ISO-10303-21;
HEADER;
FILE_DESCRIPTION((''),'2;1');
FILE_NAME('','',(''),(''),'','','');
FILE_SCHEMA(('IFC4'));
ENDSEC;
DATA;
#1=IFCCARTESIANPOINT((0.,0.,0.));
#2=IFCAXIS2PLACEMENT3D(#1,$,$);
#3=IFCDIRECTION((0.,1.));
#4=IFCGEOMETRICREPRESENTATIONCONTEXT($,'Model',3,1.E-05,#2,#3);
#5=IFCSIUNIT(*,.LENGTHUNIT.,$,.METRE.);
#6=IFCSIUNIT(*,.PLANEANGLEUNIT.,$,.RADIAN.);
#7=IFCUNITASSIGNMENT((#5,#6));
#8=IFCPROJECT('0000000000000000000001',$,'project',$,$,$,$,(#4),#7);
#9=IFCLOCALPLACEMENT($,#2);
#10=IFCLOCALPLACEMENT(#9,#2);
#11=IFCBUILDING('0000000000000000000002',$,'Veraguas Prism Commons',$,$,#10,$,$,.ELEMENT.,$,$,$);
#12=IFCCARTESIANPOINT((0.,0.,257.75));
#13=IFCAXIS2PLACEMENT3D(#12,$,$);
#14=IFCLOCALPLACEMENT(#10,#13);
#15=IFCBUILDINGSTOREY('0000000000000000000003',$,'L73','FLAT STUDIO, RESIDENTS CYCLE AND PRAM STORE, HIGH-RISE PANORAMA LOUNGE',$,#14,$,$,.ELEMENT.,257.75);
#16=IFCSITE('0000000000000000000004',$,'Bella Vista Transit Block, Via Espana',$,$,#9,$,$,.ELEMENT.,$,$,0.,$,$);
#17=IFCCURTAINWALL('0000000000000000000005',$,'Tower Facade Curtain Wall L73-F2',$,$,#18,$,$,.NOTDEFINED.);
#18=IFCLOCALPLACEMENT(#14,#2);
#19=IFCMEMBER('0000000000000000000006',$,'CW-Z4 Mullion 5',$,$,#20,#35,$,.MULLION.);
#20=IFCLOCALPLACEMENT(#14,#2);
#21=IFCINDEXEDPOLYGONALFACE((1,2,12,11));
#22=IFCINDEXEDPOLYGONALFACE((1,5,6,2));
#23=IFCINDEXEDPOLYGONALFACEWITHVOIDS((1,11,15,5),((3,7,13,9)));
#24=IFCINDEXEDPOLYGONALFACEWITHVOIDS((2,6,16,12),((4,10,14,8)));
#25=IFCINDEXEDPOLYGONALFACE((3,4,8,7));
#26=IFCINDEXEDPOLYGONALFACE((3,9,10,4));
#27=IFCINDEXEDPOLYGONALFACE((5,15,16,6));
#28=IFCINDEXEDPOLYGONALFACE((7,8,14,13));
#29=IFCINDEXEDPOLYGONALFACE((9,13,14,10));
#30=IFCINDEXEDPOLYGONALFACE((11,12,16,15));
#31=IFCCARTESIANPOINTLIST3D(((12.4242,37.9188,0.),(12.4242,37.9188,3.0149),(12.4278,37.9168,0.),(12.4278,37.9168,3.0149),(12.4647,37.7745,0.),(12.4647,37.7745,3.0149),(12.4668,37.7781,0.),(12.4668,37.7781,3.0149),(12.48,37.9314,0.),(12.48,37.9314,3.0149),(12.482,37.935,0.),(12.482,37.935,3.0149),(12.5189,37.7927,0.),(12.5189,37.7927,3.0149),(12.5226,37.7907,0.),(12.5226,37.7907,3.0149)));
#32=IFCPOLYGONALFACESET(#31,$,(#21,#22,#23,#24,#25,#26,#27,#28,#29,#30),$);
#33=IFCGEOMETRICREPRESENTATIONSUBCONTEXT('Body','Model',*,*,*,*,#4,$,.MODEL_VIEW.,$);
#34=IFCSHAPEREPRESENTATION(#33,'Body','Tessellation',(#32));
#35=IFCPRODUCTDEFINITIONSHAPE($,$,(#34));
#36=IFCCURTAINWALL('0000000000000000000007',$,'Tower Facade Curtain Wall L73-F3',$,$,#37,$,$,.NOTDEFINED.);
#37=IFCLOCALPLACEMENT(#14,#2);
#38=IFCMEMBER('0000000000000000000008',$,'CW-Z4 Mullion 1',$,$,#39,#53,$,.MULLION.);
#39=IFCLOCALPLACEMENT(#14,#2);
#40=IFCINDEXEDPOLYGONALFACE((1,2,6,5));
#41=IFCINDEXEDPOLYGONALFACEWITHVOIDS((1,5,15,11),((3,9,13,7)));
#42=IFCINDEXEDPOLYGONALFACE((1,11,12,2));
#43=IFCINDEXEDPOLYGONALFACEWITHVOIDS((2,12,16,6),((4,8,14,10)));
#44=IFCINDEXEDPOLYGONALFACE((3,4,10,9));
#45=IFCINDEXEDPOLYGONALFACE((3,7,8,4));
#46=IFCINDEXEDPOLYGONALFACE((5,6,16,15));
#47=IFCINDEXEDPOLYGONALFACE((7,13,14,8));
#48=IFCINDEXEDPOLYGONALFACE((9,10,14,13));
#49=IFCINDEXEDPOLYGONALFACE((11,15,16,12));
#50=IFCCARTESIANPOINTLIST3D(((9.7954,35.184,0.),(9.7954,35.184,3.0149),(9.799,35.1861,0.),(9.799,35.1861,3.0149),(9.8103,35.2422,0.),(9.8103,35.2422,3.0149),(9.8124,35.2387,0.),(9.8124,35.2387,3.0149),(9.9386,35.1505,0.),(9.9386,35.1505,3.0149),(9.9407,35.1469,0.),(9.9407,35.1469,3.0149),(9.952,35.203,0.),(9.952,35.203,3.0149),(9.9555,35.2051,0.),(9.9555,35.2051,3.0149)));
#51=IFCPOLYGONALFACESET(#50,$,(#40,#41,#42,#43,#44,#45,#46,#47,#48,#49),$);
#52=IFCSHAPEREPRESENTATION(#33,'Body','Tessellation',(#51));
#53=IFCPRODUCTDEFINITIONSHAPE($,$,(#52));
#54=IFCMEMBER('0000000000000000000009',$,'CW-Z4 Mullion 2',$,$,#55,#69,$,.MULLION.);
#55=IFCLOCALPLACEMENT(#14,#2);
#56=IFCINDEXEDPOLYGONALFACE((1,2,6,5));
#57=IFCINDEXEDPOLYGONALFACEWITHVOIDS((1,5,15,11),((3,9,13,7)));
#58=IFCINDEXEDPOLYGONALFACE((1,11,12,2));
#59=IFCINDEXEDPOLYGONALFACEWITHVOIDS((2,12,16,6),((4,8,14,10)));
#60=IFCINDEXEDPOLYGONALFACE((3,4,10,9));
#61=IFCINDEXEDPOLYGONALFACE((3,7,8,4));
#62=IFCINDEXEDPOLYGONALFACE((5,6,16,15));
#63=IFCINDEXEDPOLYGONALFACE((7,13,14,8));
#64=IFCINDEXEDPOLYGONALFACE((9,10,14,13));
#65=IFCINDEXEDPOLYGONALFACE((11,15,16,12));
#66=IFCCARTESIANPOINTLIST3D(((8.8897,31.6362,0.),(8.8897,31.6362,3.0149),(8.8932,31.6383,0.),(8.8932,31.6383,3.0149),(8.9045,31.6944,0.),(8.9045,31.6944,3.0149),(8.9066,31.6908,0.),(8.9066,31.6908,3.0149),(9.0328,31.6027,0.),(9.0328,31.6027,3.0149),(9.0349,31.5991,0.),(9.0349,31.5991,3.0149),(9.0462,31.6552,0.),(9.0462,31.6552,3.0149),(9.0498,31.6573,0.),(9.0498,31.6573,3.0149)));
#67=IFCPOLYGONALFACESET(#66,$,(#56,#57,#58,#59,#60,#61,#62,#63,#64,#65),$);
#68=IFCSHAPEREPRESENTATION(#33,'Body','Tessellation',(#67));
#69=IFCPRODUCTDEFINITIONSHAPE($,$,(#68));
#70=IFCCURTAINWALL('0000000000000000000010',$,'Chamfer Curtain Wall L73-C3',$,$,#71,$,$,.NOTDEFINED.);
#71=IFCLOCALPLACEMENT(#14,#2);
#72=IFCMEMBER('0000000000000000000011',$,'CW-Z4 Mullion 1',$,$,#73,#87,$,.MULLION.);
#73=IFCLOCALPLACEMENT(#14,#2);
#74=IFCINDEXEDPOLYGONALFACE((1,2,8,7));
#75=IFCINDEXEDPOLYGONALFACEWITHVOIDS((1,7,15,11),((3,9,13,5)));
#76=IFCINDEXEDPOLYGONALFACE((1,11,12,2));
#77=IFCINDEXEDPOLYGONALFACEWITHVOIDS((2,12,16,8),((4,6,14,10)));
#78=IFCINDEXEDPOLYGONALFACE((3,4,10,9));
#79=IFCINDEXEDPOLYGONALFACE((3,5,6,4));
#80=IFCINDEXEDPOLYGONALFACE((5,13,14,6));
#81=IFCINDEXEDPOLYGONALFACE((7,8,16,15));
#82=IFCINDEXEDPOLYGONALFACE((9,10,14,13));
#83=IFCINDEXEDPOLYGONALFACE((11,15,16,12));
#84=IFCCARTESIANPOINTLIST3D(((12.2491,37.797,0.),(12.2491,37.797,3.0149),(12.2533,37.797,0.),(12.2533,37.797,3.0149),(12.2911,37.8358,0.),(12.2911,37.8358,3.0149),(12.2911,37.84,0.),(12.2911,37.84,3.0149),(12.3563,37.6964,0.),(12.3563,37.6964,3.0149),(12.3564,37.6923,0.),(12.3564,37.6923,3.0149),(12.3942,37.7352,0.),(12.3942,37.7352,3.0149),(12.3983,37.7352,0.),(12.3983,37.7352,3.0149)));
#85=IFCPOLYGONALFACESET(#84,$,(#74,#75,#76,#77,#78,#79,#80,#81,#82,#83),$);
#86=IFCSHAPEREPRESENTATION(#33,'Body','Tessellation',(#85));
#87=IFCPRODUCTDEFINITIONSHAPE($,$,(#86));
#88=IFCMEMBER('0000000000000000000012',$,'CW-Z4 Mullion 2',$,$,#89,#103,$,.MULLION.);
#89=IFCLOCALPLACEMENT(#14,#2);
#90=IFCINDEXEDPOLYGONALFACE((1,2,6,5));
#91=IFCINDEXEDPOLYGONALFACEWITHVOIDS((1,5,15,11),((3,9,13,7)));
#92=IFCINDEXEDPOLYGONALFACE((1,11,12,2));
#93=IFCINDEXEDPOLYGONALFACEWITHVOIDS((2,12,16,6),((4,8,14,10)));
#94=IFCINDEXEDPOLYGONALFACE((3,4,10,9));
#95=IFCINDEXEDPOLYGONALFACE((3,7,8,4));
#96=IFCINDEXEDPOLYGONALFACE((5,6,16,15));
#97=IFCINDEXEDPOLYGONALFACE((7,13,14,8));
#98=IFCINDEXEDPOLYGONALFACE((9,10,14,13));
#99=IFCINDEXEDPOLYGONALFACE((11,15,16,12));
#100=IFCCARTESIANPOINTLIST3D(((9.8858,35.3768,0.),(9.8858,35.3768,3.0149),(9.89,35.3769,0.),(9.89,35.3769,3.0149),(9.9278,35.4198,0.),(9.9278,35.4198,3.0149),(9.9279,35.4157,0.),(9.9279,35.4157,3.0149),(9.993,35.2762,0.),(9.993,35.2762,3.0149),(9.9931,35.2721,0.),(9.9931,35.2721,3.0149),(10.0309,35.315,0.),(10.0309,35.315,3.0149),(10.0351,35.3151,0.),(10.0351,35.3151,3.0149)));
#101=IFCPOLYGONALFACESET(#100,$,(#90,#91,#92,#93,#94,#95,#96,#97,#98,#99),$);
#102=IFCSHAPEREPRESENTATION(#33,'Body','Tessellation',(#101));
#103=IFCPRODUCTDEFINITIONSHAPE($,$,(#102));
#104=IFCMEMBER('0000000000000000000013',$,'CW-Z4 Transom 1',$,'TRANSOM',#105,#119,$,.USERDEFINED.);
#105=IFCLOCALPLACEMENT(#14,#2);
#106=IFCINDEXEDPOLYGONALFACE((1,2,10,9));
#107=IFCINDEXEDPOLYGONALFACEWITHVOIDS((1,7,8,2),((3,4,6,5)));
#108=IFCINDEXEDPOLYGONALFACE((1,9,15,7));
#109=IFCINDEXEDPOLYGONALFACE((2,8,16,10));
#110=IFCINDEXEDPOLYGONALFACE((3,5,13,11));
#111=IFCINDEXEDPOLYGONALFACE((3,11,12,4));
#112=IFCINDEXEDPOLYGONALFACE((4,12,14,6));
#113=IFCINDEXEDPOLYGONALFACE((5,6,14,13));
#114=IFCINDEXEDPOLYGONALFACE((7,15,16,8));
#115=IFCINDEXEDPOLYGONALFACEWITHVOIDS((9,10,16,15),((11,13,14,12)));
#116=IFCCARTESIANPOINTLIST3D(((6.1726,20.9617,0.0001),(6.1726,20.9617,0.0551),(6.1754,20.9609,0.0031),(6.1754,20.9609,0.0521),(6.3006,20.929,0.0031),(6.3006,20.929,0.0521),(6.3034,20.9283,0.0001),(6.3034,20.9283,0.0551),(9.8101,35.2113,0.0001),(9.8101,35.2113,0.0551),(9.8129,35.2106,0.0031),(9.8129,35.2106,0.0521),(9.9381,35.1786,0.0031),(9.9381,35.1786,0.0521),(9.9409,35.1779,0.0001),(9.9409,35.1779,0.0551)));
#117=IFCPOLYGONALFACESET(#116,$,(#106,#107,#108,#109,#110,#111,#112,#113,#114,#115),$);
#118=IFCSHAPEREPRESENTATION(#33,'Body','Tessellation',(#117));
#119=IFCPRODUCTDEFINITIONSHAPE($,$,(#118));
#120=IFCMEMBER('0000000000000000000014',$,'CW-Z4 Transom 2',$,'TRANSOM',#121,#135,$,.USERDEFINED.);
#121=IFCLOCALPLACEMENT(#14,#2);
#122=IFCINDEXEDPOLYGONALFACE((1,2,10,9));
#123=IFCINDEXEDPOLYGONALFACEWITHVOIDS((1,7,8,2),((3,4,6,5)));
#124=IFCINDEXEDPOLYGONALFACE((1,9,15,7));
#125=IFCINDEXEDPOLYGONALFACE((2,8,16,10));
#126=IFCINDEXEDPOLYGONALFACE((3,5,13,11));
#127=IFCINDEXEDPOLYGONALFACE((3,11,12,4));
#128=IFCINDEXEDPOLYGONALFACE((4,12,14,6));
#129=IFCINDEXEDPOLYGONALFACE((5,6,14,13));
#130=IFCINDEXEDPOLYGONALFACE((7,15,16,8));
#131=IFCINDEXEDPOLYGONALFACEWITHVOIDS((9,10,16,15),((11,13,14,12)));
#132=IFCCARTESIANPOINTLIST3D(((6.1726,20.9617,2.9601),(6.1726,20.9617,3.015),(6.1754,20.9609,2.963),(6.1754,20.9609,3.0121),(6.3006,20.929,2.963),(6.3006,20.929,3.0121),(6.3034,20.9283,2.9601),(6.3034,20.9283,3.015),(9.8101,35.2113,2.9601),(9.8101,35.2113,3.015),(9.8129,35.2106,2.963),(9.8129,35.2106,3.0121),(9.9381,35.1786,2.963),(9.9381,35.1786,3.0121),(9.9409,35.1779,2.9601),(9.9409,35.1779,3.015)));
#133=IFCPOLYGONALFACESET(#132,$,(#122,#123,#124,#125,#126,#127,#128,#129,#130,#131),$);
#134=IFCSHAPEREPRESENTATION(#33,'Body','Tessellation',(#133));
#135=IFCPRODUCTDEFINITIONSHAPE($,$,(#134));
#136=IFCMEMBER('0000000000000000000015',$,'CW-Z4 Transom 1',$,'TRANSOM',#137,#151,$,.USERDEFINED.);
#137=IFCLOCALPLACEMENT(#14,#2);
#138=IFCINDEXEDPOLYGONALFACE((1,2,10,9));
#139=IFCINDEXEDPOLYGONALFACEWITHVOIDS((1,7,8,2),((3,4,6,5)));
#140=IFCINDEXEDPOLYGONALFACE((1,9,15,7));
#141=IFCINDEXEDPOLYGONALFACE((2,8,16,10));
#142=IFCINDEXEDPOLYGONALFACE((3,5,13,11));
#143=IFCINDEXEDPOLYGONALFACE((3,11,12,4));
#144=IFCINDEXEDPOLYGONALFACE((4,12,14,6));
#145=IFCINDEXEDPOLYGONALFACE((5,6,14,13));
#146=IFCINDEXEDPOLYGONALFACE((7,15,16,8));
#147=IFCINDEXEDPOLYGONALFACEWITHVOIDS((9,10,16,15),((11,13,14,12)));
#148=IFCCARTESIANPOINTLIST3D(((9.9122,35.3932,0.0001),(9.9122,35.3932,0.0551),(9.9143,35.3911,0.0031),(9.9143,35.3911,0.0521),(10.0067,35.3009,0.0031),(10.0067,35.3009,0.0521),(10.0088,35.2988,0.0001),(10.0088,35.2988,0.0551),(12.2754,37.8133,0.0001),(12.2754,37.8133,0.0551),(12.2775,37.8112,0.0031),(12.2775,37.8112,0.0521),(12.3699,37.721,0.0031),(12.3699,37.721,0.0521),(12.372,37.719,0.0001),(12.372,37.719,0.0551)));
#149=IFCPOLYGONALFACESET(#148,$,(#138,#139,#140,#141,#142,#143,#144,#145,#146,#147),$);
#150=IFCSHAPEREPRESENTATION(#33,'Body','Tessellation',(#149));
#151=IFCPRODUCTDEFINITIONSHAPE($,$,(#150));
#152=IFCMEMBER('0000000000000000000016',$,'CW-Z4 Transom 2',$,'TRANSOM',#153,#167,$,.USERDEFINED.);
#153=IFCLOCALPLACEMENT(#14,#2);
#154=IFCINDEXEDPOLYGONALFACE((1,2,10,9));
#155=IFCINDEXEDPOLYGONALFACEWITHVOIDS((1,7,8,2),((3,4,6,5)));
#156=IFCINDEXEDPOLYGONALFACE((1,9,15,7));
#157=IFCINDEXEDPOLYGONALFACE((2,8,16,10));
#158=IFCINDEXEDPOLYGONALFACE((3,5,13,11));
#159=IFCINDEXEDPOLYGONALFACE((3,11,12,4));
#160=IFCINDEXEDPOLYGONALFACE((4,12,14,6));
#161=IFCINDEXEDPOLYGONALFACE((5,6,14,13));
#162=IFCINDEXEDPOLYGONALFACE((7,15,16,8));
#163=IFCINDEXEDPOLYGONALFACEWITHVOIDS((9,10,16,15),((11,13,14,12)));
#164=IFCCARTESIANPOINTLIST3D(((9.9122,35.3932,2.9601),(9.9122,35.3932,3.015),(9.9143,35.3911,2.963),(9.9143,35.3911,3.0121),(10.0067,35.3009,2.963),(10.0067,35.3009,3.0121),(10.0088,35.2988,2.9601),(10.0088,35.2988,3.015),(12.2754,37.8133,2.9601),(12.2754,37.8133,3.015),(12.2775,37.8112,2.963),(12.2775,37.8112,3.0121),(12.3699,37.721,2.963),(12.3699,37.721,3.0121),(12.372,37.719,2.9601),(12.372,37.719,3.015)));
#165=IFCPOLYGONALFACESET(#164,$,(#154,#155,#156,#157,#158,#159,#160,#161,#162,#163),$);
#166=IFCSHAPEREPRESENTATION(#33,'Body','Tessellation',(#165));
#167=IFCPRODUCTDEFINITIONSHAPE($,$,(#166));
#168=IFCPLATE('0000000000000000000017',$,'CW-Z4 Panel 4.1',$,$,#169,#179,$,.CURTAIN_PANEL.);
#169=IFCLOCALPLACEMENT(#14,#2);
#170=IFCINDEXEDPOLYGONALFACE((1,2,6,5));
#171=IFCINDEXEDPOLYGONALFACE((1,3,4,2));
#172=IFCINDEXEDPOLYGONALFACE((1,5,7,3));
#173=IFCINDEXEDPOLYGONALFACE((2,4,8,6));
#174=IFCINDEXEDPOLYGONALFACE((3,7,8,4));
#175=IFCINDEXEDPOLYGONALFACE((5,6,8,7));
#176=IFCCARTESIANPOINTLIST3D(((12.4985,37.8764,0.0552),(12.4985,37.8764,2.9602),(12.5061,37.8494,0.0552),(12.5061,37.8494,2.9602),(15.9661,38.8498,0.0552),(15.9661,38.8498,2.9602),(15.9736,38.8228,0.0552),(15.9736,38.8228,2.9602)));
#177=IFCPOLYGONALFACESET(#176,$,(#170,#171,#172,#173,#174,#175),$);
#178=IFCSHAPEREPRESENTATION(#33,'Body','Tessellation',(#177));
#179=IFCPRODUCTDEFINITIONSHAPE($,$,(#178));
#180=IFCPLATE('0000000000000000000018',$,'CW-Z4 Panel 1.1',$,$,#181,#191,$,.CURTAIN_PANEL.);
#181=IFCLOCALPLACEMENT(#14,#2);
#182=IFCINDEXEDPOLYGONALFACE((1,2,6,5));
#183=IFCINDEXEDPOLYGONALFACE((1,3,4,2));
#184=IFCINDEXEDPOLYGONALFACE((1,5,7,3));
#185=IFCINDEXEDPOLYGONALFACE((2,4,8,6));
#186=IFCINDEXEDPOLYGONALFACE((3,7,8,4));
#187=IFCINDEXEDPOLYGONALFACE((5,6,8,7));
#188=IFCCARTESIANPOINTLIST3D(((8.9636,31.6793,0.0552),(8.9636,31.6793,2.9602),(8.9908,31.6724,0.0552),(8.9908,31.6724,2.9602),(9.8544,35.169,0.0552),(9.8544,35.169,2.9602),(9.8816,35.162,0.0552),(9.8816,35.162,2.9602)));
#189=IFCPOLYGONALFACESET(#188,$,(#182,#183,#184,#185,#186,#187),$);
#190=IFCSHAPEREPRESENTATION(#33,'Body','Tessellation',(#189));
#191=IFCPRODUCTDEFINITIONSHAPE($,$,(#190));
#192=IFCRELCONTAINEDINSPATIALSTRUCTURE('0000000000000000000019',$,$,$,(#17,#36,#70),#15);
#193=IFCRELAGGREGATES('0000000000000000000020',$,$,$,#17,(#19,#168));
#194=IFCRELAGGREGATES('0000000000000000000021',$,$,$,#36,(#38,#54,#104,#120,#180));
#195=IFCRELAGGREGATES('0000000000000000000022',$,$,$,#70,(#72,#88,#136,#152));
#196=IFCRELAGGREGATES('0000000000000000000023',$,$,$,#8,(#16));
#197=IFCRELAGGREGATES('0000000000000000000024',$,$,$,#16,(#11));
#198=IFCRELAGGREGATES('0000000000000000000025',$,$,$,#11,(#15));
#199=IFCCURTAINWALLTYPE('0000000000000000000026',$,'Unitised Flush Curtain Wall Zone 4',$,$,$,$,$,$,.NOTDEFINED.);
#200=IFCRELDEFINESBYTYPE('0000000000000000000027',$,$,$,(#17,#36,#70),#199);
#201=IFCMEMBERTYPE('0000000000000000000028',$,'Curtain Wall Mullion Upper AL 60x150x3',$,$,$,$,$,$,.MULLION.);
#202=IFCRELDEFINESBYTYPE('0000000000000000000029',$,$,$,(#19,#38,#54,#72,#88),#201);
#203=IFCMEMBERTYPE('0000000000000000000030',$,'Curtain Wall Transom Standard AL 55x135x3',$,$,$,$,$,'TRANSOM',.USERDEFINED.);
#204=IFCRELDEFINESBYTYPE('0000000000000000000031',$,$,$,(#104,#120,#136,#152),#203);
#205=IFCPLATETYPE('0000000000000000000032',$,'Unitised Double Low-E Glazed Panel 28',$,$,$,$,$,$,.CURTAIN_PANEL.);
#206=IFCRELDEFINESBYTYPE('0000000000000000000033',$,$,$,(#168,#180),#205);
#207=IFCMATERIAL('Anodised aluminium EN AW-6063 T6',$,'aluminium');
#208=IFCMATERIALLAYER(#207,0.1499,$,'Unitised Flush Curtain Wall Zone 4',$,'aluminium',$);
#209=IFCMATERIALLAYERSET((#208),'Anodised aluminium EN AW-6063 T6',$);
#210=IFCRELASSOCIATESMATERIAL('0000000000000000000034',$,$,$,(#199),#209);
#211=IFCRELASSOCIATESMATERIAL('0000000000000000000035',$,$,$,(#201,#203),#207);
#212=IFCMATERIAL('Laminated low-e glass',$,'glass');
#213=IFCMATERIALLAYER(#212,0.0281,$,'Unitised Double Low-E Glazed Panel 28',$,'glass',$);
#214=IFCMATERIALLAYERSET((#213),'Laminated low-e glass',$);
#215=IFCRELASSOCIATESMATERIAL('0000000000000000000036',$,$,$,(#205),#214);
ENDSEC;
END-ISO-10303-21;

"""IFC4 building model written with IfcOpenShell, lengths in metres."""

from ifc_helpers import new_model, si_unit, direction, frame, origin, origin_2d, place, context, subcontext, project, spatial, rectangle, hollow_rectangle, extrude, source, transform, mapped, material, layer, layer_set, material_profile, profile_set, type_object, element, aggregate, save


model = new_model("IFC4")

# Units and contexts
model_context = context("Model", 3, precision=1e-05, world=origin(), true_north=direction((0.0, 1.0)))
body_context = subcontext(model_context, "Body", "Model", "MODEL_VIEW")
ifc_project = project(units=[si_unit("LENGTHUNIT", "METRE"), si_unit("PLANEANGLEUNIT", "RADIAN")], contexts=[model_context])

# Site, building, storey
site_placement = place(None, origin())
site = spatial("IfcSite", under=ifc_project, at=site_placement, Name="Bella Vista Transit Block, Via Espana", CompositionType="ELEMENT", RefElevation=0.0)
building_placement = place(site_placement, origin())
building = spatial("IfcBuilding", under=site, at=building_placement, Name="Veraguas Prism Commons", CompositionType="ELEMENT")
storey_placement = place(building_placement, frame((0.0, 0.0, 257.75)))
storey = spatial("IfcBuildingStorey", under=building, at=storey_placement, Name="L73", Description="FLAT STUDIO, RESIDENTS CYCLE AND PRAM STORE, HIGH-RISE PANORAMA LOUNGE", CompositionType="ELEMENT", Elevation=257.75)

# Curtain wall, member
ifc_material_1 = material(Name="Anodised aluminium EN AW-6063 T6", Category="aluminium")
ifc_layer_1 = layer(ifc_material_1, 0.1499, Name="Unitised Flush Curtain Wall Zone 4", Category="aluminium")
ifc_layer_set_1 = layer_set([ifc_layer_1], Name="Anodised aluminium EN AW-6063 T6")
curtain_wall_type = type_object("IfcCurtainWallType", Name="Unitised Flush Curtain Wall Zone 4", PredefinedType="NOTDEFINED", material=ifc_layer_set_1)
curtain_wall_1_placement = place(storey_placement, origin())
curtain_wall_1 = element("IfcCurtainWall", 1, at=curtain_wall_1_placement, inside=storey, type_object=curtain_wall_type, Name="Tower Facade Curtain Wall L73-F2", PredefinedType="NOTDEFINED")
ifc_material_profile_1 = material_profile(ifc_material_1, hollow_rectangle(XDim=0.0601, YDim=0.1499, WallThickness=0.0029, at=origin_2d()), Name="AL60X150X3")
ifc_profile_set_1 = profile_set([ifc_material_profile_1], Name="Anodised aluminium EN AW-6063 T6")
member_type_1 = type_object("IfcMemberType", Name="Curtain Wall Mullion Upper AL 60x150x3", PredefinedType="MULLION", material=ifc_profile_set_1)
shared_shape_1 = source(origin(), body_context, "Body", "SweptSolid", [
    extrude(hollow_rectangle(XDim=0.0601, YDim=0.1499, WallThickness=0.0029, at=origin_2d()), origin(), (0.0, 0.0, 1.0), 3.0149),
])
member_1_placement = place(storey_placement, frame((12.4734, 37.8547, 0.0), z_axis=(0.0, 0.0, 1.0), x_axis=(-0.962785, -0.270269, 0.0)))
member_1 = element("IfcMember", 2, at=member_1_placement, type_object=member_type_1, Name="CW-Z4 Mullion 5", PredefinedType="MULLION", context=body_context, shape_type="MappedRepresentation", body=[
    mapped(shared_shape_1, transform((0.0, 0.0, 0.0), scale=1.0)),
])

# Curtain walls, members
curtain_wall_2_placement = place(storey_placement, origin())
curtain_wall_2 = element("IfcCurtainWall", 3, at=curtain_wall_2_placement, inside=storey, type_object=curtain_wall_type, Name="Tower Facade Curtain Wall L73-F3", PredefinedType="NOTDEFINED")
member_2_placement = place(storey_placement, frame((9.8755, 35.1946, 0.0), z_axis=(0.0, 0.0, 1.0), x_axis=(-0.247339, -0.968929, 0.0)))
member_2 = element("IfcMember", 4, at=member_2_placement, type_object=member_type_1, Name="CW-Z4 Mullion 1", PredefinedType="MULLION", context=body_context, shape_type="MappedRepresentation", body=[
    mapped(shared_shape_1, transform((0.0, 0.0, 0.0), scale=1.0)),
])
member_3_placement = place(storey_placement, frame((8.9697, 31.6467, 0.0), z_axis=(0.0, 0.0, 1.0), x_axis=(-0.247339, -0.968929, 0.0)))
member_3 = element("IfcMember", 5, at=member_3_placement, type_object=member_type_1, Name="CW-Z4 Mullion 2", PredefinedType="MULLION", context=body_context, shape_type="MappedRepresentation", body=[
    mapped(shared_shape_1, transform((0.0, 0.0, 0.0), scale=1.0)),
])
curtain_wall_3_placement = place(storey_placement, origin())
curtain_wall_3 = element("IfcCurtainWall", 6, at=curtain_wall_3_placement, inside=storey, type_object=curtain_wall_type, Name="Chamfer Curtain Wall L73-C3", PredefinedType="NOTDEFINED")
member_4_placement = place(storey_placement, frame((12.3237, 37.7661, 0.0), z_axis=(0.0, 0.0, 1.0), x_axis=(-0.698663, -0.715451, 0.0)))
member_4 = element("IfcMember", 7, at=member_4_placement, type_object=member_type_1, Name="CW-Z4 Mullion 1", PredefinedType="MULLION", context=body_context, shape_type="MappedRepresentation", body=[
    mapped(shared_shape_1, transform((0.0, 0.0, 0.0), scale=1.0)),
])
member_5_placement = place(storey_placement, frame((9.9604, 35.3459, 0.0), z_axis=(0.0, 0.0, 1.0), x_axis=(-0.698663, -0.715451, 0.0)))
member_5 = element("IfcMember", 8, at=member_5_placement, type_object=member_type_1, Name="CW-Z4 Mullion 2", PredefinedType="MULLION", context=body_context, shape_type="MappedRepresentation", body=[
    mapped(shared_shape_1, transform((0.0, 0.0, 0.0), scale=1.0)),
])

# Members
ifc_material_profile_2 = material_profile(ifc_material_1, hollow_rectangle(XDim=0.0549, YDim=0.135, WallThickness=0.0029, at=origin_2d()), Name="AL55X135X3")
ifc_profile_set_2 = profile_set([ifc_material_profile_2], Name="Anodised aluminium EN AW-6063 T6")
member_type_2 = type_object("IfcMemberType", Name="Curtain Wall Transom Standard AL 55x135x3", ElementType="TRANSOM", PredefinedType="USERDEFINED", material=ifc_profile_set_2)
shared_shape_2 = source(origin(), body_context, "Body", "SweptSolid", [
    extrude(hollow_rectangle(XDim=0.0549, YDim=0.135, WallThickness=0.0029, at=origin_2d()), origin(), (0.0, 0.0, 1.0), 14.7065),
])
member_6_placement = place(storey_placement, frame((9.8755, 35.1946, 0.0276), z_axis=(-0.247337, -0.968929, 0.0), x_axis=(0.0, 0.0, 1.0)))
member_6 = element("IfcMember", 9, at=member_6_placement, type_object=member_type_2, Name="CW-Z4 Transom 1", ObjectType="TRANSOM", PredefinedType="USERDEFINED", context=body_context, shape_type="MappedRepresentation", body=[
    mapped(shared_shape_2, transform((0.0, 0.0, 0.0), scale=1.0)),
])
member_7_placement = place(storey_placement, frame((9.8755, 35.1946, 2.9875), z_axis=(-0.247337, -0.968929, 0.0), x_axis=(0.0, 0.0, 1.0)))
member_7 = element("IfcMember", 10, at=member_7_placement, type_object=member_type_2, Name="CW-Z4 Transom 2", ObjectType="TRANSOM", PredefinedType="USERDEFINED", context=body_context, shape_type="MappedRepresentation", body=[
    mapped(shared_shape_2, transform((0.0, 0.0, 0.0), scale=1.0)),
])
shared_shape_3 = source(origin(), body_context, "Body", "SweptSolid", [
    extrude(hollow_rectangle(XDim=0.0549, YDim=0.135, WallThickness=0.0029, at=origin_2d()), origin(), (0.0, 0.0, 1.0), 3.3826),
])
member_8_placement = place(storey_placement, frame((12.3237, 37.7661, 0.0276), z_axis=(-0.698648, -0.715465, 0.0), x_axis=(0.0, 0.0, 1.0)))
member_8 = element("IfcMember", 11, at=member_8_placement, type_object=member_type_2, Name="CW-Z4 Transom 1", ObjectType="TRANSOM", PredefinedType="USERDEFINED", context=body_context, shape_type="MappedRepresentation", body=[
    mapped(shared_shape_3, transform((0.0, 0.0, 0.0), scale=1.0)),
])
member_9_placement = place(storey_placement, frame((12.3237, 37.7661, 2.9875), z_axis=(-0.698648, -0.715465, 0.0), x_axis=(0.0, 0.0, 1.0)))
member_9 = element("IfcMember", 12, at=member_9_placement, type_object=member_type_2, Name="CW-Z4 Transom 2", ObjectType="TRANSOM", PredefinedType="USERDEFINED", context=body_context, shape_type="MappedRepresentation", body=[
    mapped(shared_shape_3, transform((0.0, 0.0, 0.0), scale=1.0)),
])

# Plates
ifc_material_2 = material(Name="Laminated low-e glass", Category="glass")
ifc_layer_2 = layer(ifc_material_2, 0.0281, Name="Unitised Double Low-E Glazed Panel 28", Category="glass")
ifc_layer_set_2 = layer_set([ifc_layer_2], Name="Laminated low-e glass")
plate_type = type_object("IfcPlateType", Name="Unitised Double Low-E Glazed Panel 28", PredefinedType="CURTAIN_PANEL", material=ifc_layer_set_2)
shared_shape_4 = source(origin(), body_context, "Body", "SweptSolid", [
    extrude(rectangle(XDim=3.6016, YDim=0.0281, at=origin_2d()), origin(), (0.0, 0.0, 1.0), 2.905),
])
plate_1_placement = place(storey_placement, frame((14.2361, 38.3496, 0.0552), z_axis=(0.0, 0.0, 1.0), x_axis=(-0.962785, -0.270269, 0.0)))
plate_1 = element("IfcPlate", 13, at=plate_1_placement, type_object=plate_type, Name="CW-Z4 Panel 4.1", PredefinedType="CURTAIN_PANEL", context=body_context, shape_type="MappedRepresentation", body=[
    mapped(shared_shape_4, transform((0.0, 0.0, 0.0), scale=1.0)),
])
aggregate(curtain_wall_1, [member_1, plate_1])
plate_2_placement = place(storey_placement, frame((9.4226, 33.4207, 0.0552), z_axis=(0.0, 0.0, 1.0), x_axis=(-0.247339, -0.968929, 0.0)))
plate_2 = element("IfcPlate", 14, at=plate_2_placement, type_object=plate_type, Name="CW-Z4 Panel 1.1", PredefinedType="CURTAIN_PANEL", context=body_context, shape_type="MappedRepresentation", body=[
    mapped(shared_shape_4, transform((0.0, 0.0, 0.0), scale=1.0)),
])
aggregate(curtain_wall_2, [member_2, member_3, member_6, member_7, plate_2])
aggregate(curtain_wall_3, [member_4, member_5, member_8, member_9])

save(model, "model.ifc")
